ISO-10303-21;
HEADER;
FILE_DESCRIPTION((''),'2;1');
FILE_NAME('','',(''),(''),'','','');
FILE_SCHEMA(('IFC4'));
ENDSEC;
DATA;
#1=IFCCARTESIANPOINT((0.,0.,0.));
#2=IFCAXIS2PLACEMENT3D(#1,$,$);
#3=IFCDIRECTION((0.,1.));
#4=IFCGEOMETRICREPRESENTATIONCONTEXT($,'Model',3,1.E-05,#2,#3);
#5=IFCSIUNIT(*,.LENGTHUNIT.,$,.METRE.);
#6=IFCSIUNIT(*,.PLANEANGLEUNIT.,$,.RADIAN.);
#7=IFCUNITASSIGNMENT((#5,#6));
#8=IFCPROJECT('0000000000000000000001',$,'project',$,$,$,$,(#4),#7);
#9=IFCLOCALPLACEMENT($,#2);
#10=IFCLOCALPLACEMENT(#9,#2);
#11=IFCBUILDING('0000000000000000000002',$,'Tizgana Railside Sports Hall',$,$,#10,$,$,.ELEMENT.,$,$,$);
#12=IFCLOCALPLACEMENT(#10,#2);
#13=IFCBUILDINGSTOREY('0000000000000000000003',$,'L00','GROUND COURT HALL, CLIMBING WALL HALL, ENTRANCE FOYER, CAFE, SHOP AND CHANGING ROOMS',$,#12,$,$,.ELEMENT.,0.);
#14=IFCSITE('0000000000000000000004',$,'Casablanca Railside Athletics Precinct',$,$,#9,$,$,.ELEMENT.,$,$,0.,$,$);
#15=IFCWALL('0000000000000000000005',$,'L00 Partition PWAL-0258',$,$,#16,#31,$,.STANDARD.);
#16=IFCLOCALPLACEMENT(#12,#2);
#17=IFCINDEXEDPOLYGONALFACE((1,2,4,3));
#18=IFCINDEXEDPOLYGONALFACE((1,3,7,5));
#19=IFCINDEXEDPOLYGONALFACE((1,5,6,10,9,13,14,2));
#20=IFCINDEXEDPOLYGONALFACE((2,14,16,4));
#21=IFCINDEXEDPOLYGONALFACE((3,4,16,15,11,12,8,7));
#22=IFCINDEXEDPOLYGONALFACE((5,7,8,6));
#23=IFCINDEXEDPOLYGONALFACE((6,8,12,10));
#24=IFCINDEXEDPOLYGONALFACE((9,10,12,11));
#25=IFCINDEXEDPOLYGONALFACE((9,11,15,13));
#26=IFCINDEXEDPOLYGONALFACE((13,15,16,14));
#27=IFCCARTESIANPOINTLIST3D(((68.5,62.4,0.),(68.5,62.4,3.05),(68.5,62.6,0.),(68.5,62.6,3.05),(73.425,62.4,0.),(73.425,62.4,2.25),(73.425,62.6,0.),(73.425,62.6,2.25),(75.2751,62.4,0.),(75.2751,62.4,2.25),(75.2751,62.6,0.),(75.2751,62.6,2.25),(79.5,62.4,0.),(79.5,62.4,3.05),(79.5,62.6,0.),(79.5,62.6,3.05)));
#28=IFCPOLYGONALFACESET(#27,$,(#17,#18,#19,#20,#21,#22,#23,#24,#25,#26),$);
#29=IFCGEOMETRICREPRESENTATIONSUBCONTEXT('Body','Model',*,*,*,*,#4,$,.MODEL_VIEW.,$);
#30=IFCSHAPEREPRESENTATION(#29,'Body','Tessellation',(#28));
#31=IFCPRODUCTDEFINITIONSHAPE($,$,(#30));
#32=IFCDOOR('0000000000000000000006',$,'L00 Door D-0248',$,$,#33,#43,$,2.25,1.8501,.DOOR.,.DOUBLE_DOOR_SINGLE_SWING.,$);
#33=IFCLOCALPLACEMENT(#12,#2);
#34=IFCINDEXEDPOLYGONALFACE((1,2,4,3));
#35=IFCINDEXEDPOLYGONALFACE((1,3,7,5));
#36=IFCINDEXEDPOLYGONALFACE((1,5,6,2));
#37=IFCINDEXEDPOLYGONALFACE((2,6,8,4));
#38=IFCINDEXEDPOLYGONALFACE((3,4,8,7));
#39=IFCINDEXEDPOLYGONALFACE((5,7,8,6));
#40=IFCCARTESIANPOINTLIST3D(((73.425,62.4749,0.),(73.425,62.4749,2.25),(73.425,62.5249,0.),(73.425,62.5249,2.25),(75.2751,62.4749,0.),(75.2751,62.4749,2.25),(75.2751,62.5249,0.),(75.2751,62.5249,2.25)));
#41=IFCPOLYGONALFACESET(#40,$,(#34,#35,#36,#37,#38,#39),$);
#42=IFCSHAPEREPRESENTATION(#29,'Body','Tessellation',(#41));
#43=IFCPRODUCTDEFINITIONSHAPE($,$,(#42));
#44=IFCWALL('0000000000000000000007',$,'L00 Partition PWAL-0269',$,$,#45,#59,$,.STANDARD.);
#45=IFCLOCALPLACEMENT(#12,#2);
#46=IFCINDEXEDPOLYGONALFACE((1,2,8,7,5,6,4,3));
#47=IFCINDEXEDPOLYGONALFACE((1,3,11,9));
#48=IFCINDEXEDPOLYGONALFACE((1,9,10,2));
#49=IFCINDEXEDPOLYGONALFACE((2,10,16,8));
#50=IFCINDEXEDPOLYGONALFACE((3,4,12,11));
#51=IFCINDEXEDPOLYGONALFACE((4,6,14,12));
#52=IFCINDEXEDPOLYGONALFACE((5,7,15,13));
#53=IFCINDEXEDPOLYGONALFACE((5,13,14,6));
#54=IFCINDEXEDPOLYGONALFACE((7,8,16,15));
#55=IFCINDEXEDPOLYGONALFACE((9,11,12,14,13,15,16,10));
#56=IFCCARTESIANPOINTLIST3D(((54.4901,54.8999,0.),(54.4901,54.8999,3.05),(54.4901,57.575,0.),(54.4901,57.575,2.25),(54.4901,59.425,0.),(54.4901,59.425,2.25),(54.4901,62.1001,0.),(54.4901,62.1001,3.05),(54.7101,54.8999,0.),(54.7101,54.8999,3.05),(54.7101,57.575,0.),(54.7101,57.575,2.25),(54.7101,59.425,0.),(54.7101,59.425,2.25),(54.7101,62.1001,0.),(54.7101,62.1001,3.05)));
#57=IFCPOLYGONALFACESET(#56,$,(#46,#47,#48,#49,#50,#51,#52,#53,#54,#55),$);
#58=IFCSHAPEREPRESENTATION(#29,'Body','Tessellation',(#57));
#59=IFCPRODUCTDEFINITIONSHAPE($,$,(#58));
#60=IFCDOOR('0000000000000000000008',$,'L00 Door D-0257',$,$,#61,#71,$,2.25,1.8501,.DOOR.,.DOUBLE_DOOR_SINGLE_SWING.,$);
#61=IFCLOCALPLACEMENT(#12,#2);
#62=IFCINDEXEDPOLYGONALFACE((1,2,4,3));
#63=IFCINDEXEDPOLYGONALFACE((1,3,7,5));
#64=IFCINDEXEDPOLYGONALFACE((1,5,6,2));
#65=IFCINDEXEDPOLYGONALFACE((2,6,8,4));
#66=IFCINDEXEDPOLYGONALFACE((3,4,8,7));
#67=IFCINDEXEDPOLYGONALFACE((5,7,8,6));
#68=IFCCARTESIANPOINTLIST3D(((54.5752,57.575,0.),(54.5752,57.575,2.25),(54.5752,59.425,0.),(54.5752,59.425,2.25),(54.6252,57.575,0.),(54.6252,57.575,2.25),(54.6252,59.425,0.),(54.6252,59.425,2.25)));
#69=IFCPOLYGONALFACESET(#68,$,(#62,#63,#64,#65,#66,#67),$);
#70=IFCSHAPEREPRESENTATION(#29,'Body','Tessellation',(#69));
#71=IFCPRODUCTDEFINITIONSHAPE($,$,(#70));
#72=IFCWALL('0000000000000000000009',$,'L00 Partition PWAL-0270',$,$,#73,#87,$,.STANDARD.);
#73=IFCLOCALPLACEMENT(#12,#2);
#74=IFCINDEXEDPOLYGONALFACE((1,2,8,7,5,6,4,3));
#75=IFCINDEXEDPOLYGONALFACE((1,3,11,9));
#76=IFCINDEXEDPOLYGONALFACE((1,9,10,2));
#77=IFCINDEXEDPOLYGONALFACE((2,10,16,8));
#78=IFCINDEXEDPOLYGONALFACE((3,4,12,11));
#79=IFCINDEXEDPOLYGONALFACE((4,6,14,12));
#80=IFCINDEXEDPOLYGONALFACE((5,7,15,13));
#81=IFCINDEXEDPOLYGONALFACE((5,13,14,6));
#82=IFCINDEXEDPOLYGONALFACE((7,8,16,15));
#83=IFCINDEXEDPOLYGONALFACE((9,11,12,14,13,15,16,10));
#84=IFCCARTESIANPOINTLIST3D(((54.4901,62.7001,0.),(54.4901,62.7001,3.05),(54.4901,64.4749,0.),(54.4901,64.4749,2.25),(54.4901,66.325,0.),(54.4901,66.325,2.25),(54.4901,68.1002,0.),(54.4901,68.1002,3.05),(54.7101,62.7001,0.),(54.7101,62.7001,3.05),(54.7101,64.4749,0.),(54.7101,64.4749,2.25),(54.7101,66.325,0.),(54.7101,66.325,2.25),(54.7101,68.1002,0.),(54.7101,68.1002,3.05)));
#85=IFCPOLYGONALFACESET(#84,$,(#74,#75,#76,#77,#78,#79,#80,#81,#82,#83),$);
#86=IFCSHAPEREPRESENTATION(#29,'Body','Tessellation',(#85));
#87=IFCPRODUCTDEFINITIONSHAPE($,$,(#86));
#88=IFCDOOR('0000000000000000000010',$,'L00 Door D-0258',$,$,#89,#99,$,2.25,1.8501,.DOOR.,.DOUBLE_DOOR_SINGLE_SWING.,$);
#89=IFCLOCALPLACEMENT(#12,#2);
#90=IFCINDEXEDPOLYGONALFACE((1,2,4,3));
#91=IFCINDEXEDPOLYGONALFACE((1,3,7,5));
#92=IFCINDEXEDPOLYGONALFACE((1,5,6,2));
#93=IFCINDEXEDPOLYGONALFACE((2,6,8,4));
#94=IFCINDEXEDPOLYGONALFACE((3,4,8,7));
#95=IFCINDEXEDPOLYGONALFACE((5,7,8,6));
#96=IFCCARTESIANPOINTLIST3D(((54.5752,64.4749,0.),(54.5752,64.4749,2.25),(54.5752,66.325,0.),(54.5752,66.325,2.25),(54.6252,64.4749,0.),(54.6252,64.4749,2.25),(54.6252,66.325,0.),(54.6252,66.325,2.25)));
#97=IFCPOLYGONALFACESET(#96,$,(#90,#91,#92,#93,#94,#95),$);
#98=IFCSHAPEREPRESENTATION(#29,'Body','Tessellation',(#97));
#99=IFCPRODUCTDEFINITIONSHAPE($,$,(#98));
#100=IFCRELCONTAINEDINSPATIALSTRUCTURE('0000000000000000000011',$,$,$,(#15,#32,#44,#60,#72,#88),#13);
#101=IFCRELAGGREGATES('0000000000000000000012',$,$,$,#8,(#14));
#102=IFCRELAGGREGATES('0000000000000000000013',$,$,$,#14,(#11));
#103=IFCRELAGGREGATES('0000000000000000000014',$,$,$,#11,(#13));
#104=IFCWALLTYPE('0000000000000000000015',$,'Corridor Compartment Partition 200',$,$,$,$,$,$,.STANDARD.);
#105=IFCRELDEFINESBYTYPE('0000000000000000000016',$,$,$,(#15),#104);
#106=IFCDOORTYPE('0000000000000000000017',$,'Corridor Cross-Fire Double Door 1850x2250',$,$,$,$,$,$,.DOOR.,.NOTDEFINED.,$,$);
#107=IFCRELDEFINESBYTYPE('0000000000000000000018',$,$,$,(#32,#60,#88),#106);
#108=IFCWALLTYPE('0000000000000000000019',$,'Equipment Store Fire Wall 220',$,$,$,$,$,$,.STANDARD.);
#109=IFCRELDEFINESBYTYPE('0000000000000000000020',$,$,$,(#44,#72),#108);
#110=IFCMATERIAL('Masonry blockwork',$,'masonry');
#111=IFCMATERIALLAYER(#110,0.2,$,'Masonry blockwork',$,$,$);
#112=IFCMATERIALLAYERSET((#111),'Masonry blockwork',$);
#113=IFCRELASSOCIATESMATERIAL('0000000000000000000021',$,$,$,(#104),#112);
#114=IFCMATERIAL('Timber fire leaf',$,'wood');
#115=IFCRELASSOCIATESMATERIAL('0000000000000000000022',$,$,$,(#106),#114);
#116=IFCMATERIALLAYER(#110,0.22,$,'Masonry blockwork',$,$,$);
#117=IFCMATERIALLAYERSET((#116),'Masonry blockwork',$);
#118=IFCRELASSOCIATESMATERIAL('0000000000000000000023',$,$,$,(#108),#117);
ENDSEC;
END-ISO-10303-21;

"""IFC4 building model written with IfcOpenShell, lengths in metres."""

from ifc_helpers import new_model, si_unit, direction, frame, frame_2d, origin, place, context, subcontext, project, spatial, rectangle, extrude, material, layer, layer_set, type_object, element, fill, save


model = new_model("IFC4")

# Units and contexts
model_context = context("Model", 3, precision=1e-05, world=origin(), true_north=direction((0.0, 1.0)))
body_context = subcontext(model_context, "Body", "Model", "MODEL_VIEW")
ifc_project = project(units=[si_unit("LENGTHUNIT", "METRE"), si_unit("PLANEANGLEUNIT", "RADIAN")], contexts=[model_context])

# Site, building, storey
site_placement = place(None, origin())
site = spatial("IfcSite", under=ifc_project, at=site_placement, Name="Casablanca Railside Athletics Precinct", CompositionType="ELEMENT", RefElevation=0.0)
building_placement = place(site_placement, origin())
building = spatial("IfcBuilding", under=site, at=building_placement, Name="Tizgana Railside Sports Hall", CompositionType="ELEMENT")
storey_placement = place(building_placement, origin())
storey = spatial("IfcBuildingStorey", under=building, at=storey_placement, Name="L00", Description="GROUND COURT HALL, CLIMBING WALL HALL, ENTRANCE FOYER, CAFE, SHOP AND CHANGING ROOMS", CompositionType="ELEMENT", Elevation=0.0)

# Walls, openings, doors
ifc_material_1 = material(Name="Masonry blockwork", Category="masonry")
ifc_layer_1 = layer(ifc_material_1, 0.2, Name="Masonry blockwork")
ifc_layer_set_1 = layer_set([ifc_layer_1], Name="Masonry blockwork")
wall_type_1 = type_object("IfcWallType", Name="Corridor Compartment Partition 200", PredefinedType="STANDARD", material=ifc_layer_set_1)
wall_1_placement = place(storey_placement, frame((68.5, 62.5, 0.0), z_axis=(0.0, 0.0, 1.0), x_axis=(1.0, 0.0, 0.0)))
wall_1 = element("IfcWall", 1, at=wall_1_placement, inside=storey, type_object=wall_type_1, Name="L00 Partition PWAL-0258", PredefinedType="STANDARD", context=body_context, shape_type="SweptSolid", body=[
    extrude(rectangle(XDim=11.0, YDim=0.2, at=frame_2d((5.5, 0.0))), origin(), (0.0, 0.0, 1.0), 3.05),
])
opening_1_placement = place(wall_1_placement, frame((4.925, 0.0, 0.0)))
opening_1 = element("IfcOpeningElement", 2, at=opening_1_placement, cuts=wall_1, PredefinedType="OPENING", context=body_context, shape_type="SweptSolid", body=[
    extrude(rectangle(XDim=1.8501, YDim=2.25, at=frame_2d((0.925, 1.125))), frame((0.0, 0.1099, 0.0), z_axis=(0.0, -1.0, 0.0), x_axis=(1.0, 0.0, 0.0)), (0.0, 0.0, 1.0), 0.22),
])
ifc_material_2 = material(Name="Timber fire leaf", Category="wood")
door_type = type_object("IfcDoorType", Name="Corridor Cross-Fire Double Door 1850x2250", OperationType="NOTDEFINED", PredefinedType="DOOR", material=ifc_material_2)
door_1_placement = place(opening_1_placement, origin())
door_1 = element("IfcDoor", 3, at=door_1_placement, inside=storey, type_object=door_type, Name="L00 Door D-0248", OperationType="DOUBLE_DOOR_SINGLE_SWING", OverallHeight=2.25, OverallWidth=1.8501, PredefinedType="DOOR", context=body_context, shape_type="SweptSolid", body=[
    extrude(rectangle(XDim=1.8501, YDim=2.25, at=frame_2d((0.925, 1.125))), frame((0.0, 0.0249, 0.0), z_axis=(0.0, -1.0, 0.0), x_axis=(1.0, 0.0, 0.0)), (0.0, 0.0, 1.0), 0.05),
])
fill(opening_1, door_1)
ifc_layer_2 = layer(ifc_material_1, 0.22, Name="Masonry blockwork")
ifc_layer_set_2 = layer_set([ifc_layer_2], Name="Masonry blockwork")
wall_type_2 = type_object("IfcWallType", Name="Equipment Store Fire Wall 220", PredefinedType="STANDARD", material=ifc_layer_set_2)
wall_2_placement = place(storey_placement, frame((54.6001, 54.8999, 0.0), z_axis=(0.0, 0.0, 1.0), x_axis=(0.0, 1.0, 0.0)))
wall_2 = element("IfcWall", 4, at=wall_2_placement, inside=storey, type_object=wall_type_2, Name="L00 Partition PWAL-0269", PredefinedType="STANDARD", context=body_context, shape_type="SweptSolid", body=[
    extrude(rectangle(XDim=7.2002, YDim=0.22, at=frame_2d((3.6001, 0.0))), origin(), (0.0, 0.0, 1.0), 3.05),
])
opening_2_placement = place(wall_2_placement, frame((2.675, 0.0, 0.0)))
opening_2 = element("IfcOpeningElement", 5, at=opening_2_placement, cuts=wall_2, PredefinedType="OPENING", context=body_context, shape_type="SweptSolid", body=[
    extrude(rectangle(XDim=1.8501, YDim=2.25, at=frame_2d((0.925, 1.125))), frame((0.0, 0.1199, 0.0), z_axis=(0.0, -1.0, 0.0), x_axis=(1.0, 0.0, 0.0)), (0.0, 0.0, 1.0), 0.24),
])
door_2_placement = place(opening_2_placement, origin())
door_2 = element("IfcDoor", 6, at=door_2_placement, inside=storey, type_object=door_type, Name="L00 Door D-0257", OperationType="DOUBLE_DOOR_SINGLE_SWING", OverallHeight=2.25, OverallWidth=1.8501, PredefinedType="DOOR", context=body_context, shape_type="SweptSolid", body=[
    extrude(rectangle(XDim=1.8501, YDim=2.25, at=frame_2d((0.925, 1.125))), frame((0.0, 0.0249, 0.0), z_axis=(0.0, -1.0, 0.0), x_axis=(1.0, 0.0, 0.0)), (0.0, 0.0, 1.0), 0.05),
])
fill(opening_2, door_2)
wall_3_placement = place(storey_placement, frame((54.6001, 62.7, 0.0), z_axis=(0.0, 0.0, 1.0), x_axis=(0.0, 1.0, 0.0)))
wall_3 = element("IfcWall", 7, at=wall_3_placement, inside=storey, type_object=wall_type_2, Name="L00 Partition PWAL-0270", PredefinedType="STANDARD", context=body_context, shape_type="SweptSolid", body=[
    extrude(rectangle(XDim=5.4001, YDim=0.22, at=frame_2d((2.7002, 0.0))), origin(), (0.0, 0.0, 1.0), 3.05),
])
opening_3_placement = place(wall_3_placement, frame((1.7749, 0.0, 0.0)))
opening_3 = element("IfcOpeningElement", 8, at=opening_3_placement, cuts=wall_3, PredefinedType="OPENING", context=body_context, shape_type="SweptSolid", body=[
    extrude(rectangle(XDim=1.8501, YDim=2.25, at=frame_2d((0.925, 1.125))), frame((0.0, 0.1199, 0.0), z_axis=(0.0, -1.0, 0.0), x_axis=(1.0, 0.0, 0.0)), (0.0, 0.0, 1.0), 0.24),
])
door_3_placement = place(opening_3_placement, origin())
door_3 = element("IfcDoor", 9, at=door_3_placement, inside=storey, type_object=door_type, Name="L00 Door D-0258", OperationType="DOUBLE_DOOR_SINGLE_SWING", OverallHeight=2.25, OverallWidth=1.8501, PredefinedType="DOOR", context=body_context, shape_type="SweptSolid", body=[
    extrude(rectangle(XDim=1.8501, YDim=2.25, at=frame_2d((0.925, 1.125))), frame((0.0, 0.0249, 0.0), z_axis=(0.0, -1.0, 0.0), x_axis=(1.0, 0.0, 0.0)), (0.0, 0.0, 1.0), 0.05),
])
fill(opening_3, door_3)

save(model, "model.ifc")
